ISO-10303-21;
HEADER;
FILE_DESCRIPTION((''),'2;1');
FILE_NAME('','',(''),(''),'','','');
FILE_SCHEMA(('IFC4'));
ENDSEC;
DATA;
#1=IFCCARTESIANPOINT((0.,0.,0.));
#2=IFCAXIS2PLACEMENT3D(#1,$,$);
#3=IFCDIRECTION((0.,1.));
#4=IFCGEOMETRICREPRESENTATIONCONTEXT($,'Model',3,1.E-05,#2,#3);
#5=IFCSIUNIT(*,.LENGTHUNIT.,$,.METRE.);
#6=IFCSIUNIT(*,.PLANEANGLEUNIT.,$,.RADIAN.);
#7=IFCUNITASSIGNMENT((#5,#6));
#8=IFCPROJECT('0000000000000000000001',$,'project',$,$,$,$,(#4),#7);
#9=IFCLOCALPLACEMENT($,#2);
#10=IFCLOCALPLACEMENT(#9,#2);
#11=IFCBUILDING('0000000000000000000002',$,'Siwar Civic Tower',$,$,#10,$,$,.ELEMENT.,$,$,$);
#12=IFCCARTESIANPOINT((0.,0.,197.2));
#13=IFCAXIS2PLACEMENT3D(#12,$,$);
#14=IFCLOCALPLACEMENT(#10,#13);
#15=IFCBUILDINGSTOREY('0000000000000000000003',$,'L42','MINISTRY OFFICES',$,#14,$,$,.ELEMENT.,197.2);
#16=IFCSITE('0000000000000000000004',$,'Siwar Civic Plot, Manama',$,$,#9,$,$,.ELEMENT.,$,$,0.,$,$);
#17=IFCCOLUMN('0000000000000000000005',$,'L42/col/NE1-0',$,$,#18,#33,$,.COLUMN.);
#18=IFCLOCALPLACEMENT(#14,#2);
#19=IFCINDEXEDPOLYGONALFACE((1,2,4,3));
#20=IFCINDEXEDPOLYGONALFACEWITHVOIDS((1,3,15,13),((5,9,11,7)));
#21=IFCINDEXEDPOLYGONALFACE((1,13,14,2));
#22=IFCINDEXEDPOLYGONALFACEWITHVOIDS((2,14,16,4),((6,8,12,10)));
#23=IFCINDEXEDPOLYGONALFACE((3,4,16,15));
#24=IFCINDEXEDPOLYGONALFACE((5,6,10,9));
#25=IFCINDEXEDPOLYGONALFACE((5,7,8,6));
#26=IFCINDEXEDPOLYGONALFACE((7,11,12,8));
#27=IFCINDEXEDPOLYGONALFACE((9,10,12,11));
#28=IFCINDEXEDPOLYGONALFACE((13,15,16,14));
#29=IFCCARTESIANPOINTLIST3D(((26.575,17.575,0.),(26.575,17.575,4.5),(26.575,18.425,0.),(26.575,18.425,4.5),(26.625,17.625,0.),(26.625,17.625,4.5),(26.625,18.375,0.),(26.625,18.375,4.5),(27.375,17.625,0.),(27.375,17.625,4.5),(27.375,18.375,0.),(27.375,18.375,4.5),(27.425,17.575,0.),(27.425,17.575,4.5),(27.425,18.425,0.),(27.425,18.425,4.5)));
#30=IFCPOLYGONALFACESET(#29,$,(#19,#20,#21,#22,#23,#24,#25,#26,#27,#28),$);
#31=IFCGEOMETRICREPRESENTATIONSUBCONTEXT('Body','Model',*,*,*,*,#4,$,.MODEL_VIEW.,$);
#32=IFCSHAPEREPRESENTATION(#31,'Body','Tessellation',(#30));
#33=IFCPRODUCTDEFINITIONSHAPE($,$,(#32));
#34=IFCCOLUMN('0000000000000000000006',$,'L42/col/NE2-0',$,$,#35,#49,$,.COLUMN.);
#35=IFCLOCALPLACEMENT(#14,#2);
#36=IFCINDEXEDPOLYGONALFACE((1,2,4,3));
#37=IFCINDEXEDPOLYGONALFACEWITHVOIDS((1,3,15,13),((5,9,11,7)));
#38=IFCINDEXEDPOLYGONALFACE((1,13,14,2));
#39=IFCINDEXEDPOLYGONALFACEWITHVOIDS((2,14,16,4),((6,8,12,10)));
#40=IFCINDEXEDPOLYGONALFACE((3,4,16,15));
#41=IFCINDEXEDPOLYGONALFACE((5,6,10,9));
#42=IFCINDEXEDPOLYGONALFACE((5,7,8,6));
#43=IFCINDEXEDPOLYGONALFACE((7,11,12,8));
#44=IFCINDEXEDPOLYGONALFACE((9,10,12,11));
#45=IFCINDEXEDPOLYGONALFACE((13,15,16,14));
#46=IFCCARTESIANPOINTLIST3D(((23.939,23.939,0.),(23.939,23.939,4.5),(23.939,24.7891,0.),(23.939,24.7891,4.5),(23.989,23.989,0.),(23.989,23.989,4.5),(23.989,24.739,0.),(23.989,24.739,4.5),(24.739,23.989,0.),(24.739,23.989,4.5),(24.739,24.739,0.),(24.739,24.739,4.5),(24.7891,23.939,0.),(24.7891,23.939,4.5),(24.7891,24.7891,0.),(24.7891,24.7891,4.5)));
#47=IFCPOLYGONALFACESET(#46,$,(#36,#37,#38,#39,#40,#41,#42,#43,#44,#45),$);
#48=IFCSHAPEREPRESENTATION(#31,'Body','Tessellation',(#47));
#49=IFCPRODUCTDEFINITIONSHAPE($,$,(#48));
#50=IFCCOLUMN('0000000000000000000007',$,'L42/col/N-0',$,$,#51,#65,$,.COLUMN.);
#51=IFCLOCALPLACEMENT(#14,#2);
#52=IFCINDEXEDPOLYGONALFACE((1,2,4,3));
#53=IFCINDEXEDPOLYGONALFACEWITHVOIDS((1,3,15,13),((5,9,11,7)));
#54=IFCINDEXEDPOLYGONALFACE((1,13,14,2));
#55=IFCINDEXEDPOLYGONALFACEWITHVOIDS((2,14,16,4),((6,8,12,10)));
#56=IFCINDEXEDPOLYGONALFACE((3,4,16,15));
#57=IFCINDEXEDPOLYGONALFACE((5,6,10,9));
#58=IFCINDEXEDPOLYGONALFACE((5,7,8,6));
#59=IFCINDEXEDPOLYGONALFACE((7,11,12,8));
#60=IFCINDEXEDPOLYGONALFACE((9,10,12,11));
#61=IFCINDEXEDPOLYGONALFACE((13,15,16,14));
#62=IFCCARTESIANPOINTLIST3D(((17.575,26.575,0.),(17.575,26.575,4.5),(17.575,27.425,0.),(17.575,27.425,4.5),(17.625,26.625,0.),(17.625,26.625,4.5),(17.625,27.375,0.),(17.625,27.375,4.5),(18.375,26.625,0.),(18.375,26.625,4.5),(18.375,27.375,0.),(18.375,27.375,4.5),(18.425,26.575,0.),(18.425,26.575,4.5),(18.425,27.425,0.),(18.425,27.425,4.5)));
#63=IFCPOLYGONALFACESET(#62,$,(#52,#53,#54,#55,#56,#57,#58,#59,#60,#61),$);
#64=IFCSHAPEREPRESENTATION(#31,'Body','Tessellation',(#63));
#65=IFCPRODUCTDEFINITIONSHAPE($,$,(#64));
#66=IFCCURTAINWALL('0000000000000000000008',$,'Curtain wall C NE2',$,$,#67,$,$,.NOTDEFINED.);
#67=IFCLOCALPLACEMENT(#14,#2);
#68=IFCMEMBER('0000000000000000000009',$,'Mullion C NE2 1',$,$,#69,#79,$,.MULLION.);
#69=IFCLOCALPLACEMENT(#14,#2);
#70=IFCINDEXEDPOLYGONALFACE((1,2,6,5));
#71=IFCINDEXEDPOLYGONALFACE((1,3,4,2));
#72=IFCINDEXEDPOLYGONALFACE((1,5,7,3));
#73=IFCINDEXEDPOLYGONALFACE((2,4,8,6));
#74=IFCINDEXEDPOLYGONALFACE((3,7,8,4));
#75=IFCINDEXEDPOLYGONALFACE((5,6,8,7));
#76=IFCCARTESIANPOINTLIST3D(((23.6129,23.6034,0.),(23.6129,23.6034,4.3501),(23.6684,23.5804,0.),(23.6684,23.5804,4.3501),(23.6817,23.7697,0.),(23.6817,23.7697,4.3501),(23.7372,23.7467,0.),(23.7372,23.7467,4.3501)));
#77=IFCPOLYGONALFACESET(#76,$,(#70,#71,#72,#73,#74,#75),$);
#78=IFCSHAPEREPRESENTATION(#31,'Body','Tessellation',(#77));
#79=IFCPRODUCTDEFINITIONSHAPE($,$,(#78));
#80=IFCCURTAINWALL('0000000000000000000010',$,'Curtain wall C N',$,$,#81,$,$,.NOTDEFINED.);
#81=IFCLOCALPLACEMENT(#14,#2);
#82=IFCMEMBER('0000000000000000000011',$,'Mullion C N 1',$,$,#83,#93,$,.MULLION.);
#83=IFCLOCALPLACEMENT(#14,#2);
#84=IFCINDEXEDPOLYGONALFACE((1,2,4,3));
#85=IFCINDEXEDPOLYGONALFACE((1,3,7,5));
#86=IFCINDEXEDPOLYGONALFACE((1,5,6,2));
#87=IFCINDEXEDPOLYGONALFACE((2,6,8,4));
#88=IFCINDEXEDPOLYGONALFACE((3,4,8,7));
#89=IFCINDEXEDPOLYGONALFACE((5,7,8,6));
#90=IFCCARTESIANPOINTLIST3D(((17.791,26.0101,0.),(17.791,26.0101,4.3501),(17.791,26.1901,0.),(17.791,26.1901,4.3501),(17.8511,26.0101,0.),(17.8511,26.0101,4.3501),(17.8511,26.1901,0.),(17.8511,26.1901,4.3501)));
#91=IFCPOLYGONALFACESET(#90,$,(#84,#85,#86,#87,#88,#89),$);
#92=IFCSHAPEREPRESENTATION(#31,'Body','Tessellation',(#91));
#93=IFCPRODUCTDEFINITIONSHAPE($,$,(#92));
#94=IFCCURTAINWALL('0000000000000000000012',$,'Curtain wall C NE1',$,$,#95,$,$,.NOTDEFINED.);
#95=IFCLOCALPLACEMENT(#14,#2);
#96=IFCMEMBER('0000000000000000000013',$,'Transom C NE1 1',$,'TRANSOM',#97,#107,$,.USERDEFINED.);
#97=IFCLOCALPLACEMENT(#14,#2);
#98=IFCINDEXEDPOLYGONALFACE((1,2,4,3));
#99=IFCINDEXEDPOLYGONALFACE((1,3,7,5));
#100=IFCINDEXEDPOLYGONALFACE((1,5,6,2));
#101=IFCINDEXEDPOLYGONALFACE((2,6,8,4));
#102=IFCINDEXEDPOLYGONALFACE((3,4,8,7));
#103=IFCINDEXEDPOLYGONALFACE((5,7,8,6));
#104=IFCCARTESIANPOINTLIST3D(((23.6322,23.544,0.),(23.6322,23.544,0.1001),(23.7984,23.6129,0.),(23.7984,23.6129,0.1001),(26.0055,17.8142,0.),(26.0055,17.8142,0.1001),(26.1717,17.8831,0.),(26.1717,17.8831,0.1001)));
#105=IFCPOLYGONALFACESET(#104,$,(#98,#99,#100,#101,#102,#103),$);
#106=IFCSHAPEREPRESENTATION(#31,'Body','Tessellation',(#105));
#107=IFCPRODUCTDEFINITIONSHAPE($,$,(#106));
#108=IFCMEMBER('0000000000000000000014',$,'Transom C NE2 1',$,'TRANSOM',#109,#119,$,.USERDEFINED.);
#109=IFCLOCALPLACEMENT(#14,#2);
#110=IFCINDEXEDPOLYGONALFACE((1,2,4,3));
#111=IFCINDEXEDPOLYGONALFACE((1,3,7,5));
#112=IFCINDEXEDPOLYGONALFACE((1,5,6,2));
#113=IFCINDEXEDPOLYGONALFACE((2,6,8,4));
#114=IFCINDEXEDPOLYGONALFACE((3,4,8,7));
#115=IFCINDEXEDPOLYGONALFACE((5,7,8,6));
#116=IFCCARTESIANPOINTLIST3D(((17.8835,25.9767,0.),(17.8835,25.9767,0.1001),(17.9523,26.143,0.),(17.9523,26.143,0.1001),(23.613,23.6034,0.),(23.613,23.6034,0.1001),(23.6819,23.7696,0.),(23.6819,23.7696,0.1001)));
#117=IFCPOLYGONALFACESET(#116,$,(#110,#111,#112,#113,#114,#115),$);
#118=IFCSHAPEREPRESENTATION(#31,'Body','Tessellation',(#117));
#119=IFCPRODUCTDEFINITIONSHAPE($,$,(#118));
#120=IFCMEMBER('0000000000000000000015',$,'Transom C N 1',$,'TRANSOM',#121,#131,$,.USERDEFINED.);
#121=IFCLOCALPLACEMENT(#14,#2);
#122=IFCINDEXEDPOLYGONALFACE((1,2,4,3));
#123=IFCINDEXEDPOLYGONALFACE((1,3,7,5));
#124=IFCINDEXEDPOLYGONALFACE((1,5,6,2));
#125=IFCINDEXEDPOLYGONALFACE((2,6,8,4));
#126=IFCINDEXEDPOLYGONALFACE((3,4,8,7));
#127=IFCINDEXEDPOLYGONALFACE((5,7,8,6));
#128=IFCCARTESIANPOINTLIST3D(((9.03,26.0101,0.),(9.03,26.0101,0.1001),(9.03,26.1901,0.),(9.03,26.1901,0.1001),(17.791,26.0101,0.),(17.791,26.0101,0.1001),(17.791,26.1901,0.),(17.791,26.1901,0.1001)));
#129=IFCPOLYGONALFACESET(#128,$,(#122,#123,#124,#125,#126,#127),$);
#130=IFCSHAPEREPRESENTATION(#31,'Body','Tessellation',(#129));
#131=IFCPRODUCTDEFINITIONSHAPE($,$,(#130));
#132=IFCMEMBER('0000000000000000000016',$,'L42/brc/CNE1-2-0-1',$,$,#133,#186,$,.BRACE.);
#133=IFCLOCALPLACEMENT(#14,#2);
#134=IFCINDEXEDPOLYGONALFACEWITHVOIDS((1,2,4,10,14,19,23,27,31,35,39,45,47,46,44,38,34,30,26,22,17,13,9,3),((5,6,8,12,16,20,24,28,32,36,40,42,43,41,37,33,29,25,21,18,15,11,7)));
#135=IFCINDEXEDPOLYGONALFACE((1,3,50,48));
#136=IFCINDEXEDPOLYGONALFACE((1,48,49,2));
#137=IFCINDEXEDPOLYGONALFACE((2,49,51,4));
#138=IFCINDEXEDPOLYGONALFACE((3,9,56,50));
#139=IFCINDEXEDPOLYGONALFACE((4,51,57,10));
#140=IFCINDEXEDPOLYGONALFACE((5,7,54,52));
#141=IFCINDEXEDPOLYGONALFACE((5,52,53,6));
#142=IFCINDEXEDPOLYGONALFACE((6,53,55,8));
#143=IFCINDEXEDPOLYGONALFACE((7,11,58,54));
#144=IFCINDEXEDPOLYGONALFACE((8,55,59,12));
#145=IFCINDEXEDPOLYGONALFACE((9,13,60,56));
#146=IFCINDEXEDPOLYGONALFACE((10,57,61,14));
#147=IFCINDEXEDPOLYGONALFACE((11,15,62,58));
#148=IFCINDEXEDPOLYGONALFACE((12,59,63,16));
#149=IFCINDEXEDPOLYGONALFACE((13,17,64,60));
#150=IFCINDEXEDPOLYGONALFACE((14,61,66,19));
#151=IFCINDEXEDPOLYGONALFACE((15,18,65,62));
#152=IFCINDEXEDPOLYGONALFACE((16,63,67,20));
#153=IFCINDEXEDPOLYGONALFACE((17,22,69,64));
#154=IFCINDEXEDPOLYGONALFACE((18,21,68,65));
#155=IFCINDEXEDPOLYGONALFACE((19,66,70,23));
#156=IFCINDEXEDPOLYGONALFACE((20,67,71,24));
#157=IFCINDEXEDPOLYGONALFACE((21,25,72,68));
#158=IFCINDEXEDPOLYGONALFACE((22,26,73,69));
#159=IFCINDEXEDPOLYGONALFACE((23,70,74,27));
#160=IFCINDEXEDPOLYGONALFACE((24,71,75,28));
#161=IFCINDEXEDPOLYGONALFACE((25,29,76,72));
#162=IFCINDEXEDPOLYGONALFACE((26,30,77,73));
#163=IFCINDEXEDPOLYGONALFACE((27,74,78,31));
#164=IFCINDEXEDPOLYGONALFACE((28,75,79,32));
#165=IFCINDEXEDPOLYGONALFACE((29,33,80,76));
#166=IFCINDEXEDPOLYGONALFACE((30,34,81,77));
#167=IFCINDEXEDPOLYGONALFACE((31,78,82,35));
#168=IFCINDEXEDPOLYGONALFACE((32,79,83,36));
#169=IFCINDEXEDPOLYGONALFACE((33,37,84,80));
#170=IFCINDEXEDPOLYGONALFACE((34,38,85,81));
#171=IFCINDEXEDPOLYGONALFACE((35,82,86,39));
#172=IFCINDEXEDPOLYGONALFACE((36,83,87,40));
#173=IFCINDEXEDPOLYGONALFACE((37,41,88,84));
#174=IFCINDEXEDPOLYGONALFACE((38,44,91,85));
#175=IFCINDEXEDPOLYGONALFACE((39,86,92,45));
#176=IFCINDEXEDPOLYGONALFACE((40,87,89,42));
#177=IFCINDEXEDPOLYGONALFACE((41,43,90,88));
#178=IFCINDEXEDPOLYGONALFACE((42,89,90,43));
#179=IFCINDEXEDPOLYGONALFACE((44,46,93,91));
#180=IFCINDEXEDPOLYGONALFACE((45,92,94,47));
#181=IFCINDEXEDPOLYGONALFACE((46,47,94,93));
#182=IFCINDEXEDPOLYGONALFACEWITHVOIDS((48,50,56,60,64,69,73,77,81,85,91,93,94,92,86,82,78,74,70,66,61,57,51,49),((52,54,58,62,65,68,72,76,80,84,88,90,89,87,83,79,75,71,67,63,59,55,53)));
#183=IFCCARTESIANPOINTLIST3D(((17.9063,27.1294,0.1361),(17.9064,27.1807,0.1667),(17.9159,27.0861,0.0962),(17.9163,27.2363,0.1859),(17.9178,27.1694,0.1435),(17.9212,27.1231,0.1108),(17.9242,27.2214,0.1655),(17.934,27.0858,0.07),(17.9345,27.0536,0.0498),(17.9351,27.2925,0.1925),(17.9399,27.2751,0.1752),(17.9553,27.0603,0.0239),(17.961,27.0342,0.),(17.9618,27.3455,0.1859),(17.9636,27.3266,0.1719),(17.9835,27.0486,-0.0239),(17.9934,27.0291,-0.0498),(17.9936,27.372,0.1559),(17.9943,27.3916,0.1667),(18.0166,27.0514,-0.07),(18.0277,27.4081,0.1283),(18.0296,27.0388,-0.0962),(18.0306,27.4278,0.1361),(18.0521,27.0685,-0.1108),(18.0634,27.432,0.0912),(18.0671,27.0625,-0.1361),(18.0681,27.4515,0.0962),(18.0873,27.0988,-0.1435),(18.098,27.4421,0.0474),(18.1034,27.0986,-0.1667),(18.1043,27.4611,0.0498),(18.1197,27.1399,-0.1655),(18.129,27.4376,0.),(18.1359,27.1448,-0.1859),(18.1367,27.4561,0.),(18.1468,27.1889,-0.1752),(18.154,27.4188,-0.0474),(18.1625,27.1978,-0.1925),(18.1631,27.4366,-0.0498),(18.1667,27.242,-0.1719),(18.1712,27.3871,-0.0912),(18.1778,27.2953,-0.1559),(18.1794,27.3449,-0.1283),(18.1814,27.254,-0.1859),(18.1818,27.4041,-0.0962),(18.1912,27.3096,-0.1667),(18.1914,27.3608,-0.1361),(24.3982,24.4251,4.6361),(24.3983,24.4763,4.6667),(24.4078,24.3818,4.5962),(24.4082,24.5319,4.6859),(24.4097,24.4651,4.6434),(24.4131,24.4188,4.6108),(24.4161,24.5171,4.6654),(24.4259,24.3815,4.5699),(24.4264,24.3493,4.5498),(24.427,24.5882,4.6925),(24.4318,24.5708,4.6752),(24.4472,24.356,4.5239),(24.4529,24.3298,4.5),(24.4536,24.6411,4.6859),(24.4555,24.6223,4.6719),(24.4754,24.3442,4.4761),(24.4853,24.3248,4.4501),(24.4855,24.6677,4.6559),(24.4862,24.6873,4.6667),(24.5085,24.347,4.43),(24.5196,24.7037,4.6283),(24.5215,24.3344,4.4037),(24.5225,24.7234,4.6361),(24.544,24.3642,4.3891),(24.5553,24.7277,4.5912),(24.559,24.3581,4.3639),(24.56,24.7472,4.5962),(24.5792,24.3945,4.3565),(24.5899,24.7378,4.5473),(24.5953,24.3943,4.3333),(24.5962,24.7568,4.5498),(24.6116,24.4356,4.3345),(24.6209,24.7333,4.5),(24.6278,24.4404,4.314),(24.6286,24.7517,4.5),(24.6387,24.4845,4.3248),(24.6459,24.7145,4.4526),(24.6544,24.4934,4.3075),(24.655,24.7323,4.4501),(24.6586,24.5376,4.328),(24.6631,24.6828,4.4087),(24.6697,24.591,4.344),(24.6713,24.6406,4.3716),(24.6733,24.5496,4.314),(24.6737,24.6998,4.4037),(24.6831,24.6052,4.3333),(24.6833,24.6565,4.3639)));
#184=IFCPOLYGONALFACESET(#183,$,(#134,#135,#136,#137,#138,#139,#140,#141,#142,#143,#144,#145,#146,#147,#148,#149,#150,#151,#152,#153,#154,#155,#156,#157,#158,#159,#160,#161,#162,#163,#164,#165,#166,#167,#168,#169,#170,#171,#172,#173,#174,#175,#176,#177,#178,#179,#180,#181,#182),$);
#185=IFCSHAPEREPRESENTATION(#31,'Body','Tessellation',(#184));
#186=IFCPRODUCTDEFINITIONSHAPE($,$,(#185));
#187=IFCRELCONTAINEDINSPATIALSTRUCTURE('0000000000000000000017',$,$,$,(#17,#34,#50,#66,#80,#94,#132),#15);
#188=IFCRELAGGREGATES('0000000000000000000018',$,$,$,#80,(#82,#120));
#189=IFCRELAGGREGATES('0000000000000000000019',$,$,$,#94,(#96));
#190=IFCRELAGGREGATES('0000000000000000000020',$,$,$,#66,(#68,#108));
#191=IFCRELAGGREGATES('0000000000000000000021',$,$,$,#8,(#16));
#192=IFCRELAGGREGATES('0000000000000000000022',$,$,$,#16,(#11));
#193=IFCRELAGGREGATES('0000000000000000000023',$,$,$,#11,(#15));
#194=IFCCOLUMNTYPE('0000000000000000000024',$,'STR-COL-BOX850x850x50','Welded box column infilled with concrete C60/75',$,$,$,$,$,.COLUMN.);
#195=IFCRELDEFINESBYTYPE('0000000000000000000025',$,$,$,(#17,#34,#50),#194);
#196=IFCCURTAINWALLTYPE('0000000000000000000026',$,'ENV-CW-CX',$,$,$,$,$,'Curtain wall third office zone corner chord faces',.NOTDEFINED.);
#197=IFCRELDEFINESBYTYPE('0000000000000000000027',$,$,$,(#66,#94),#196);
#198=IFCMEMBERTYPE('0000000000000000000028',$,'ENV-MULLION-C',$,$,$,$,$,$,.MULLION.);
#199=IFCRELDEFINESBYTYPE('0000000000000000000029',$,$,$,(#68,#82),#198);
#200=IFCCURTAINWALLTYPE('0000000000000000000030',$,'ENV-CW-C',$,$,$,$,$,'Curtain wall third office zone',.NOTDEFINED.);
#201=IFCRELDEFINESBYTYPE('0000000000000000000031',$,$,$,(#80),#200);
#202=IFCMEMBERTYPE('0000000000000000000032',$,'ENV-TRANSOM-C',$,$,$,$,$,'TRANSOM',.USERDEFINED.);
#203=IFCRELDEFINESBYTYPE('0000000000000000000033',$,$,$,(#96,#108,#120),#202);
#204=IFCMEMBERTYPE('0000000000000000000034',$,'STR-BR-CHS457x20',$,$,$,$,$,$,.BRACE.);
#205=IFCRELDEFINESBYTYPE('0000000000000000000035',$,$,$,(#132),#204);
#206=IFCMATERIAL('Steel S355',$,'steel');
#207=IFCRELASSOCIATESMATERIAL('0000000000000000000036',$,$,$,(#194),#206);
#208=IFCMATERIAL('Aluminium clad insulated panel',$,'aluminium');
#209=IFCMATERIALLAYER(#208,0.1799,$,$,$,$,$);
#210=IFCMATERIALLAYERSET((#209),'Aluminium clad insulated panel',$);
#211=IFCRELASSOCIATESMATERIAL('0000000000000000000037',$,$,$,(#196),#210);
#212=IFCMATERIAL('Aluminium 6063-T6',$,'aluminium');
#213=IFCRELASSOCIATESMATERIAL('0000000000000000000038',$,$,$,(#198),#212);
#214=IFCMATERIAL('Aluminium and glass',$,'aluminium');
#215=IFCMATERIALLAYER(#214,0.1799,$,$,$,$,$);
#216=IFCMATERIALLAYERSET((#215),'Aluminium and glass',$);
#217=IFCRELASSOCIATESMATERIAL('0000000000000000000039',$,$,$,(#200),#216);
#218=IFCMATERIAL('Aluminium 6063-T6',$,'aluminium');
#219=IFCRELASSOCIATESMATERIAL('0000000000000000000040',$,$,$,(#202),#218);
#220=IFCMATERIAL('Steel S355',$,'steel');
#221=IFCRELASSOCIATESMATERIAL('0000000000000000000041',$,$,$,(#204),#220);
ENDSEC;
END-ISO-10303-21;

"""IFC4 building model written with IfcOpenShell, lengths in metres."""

from ifc_helpers import new_model, si_unit, direction, frame, origin, origin_2d, place, context, subcontext, project, spatial, rectangle, hollow_rectangle, hollow_circle, extrude, material, layer, layer_set, material_profile, profile_set, type_object, element, aggregate, save


model = new_model("IFC4")

# Units and contexts
model_context = context("Model", 3, precision=1e-05, world=origin(), true_north=direction((0.0, 1.0)))
body_context = subcontext(model_context, "Body", "Model", "MODEL_VIEW")
ifc_project = project(units=[si_unit("LENGTHUNIT", "METRE"), si_unit("PLANEANGLEUNIT", "RADIAN")], contexts=[model_context])

# Site, building, storey
site_placement = place(None, origin())
site = spatial("IfcSite", under=ifc_project, at=site_placement, Name="Siwar Civic Plot, Manama", CompositionType="ELEMENT", RefElevation=0.0)
building_placement = place(site_placement, origin())
building = spatial("IfcBuilding", under=site, at=building_placement, Name="Siwar Civic Tower", CompositionType="ELEMENT")
storey_placement = place(building_placement, frame((0.0, 0.0, 197.2)))
storey = spatial("IfcBuildingStorey", under=building, at=storey_placement, Name="L42", Description="MINISTRY OFFICES", CompositionType="ELEMENT", Elevation=197.2)

# Columns
ifc_material_1 = material(Name="Steel S355", Category="steel")
ifc_material_profile_1 = material_profile(ifc_material_1, hollow_rectangle(XDim=0.8501, YDim=0.8501, WallThickness=0.05, at=origin_2d()), Name="BOX850x850x50")
ifc_profile_set_1 = profile_set([ifc_material_profile_1], Name="Steel S355")
column_type = type_object("IfcColumnType", Name="STR-COL-BOX850x850x50", Description="Welded box column infilled with concrete C60/75", PredefinedType="COLUMN", material=ifc_profile_set_1)
for number, where, z_axis, x_axis, name in (
    (1, (27.0, 18.0, 0.0), (0.0, 0.0, 1.0), (1.0, 0.0, 0.0), "L42/col/NE1-0"),
    (2, (24.364, 24.364, 0.0), (0.0, 0.0, 1.0), (1.0, 0.0, 0.0), "L42/col/NE2-0"),
    (3, (18.0, 27.0, 0.0), (0.0, 0.0, 1.0), (1.0, 0.0, 0.0), "L42/col/N-0"),
):
    element("IfcColumn", number, at=place(storey_placement, frame(where, z_axis=z_axis, x_axis=x_axis)), inside=storey, type_object=column_type, Name=name, PredefinedType="COLUMN", context=body_context, shape_type="SweptSolid", body=[
        extrude(hollow_rectangle(XDim=0.8501, YDim=0.8501, WallThickness=0.05, at=origin_2d()), origin(), (0.0, 0.0, 1.0), 4.5),
    ])

# Curtain walls, members
ifc_material_2 = material(Name="Aluminium clad insulated panel", Category="aluminium")
ifc_layer_1 = layer(ifc_material_2, 0.1799)
ifc_layer_set_1 = layer_set([ifc_layer_1], Name="Aluminium clad insulated panel")
curtain_wall_type_1 = type_object("IfcCurtainWallType", Name="ENV-CW-CX", ElementType="Curtain wall third office zone corner chord faces", PredefinedType="NOTDEFINED", material=ifc_layer_set_1)
curtain_wall_1_placement = place(storey_placement, origin())
curtain_wall_1 = element("IfcCurtainWall", 4, at=curtain_wall_1_placement, inside=storey, type_object=curtain_wall_type_1, Name="Curtain wall C NE2", PredefinedType="NOTDEFINED")
ifc_material_3 = material(Name="Aluminium 6063-T6", Category="aluminium")
ifc_material_profile_2 = material_profile(ifc_material_3, rectangle(XDim=0.1799, YDim=0.0601, at=origin_2d()), Name="AL 180x60")
ifc_profile_set_2 = profile_set([ifc_material_profile_2], Name="Aluminium 6063-T6")
member_type_1 = type_object("IfcMemberType", Name="ENV-MULLION-C", PredefinedType="MULLION", material=ifc_profile_set_2)
member_1_placement = place(storey_placement, frame((23.675, 23.675, 0.0), z_axis=(0.0, 0.0, 1.0), x_axis=(-0.382683, -0.92388, 0.0)))
member_1 = element("IfcMember", 5, at=member_1_placement, type_object=member_type_1, Name="Mullion C NE2 1", PredefinedType="MULLION", context=body_context, shape_type="SweptSolid", body=[
    extrude(rectangle(XDim=0.1799, YDim=0.0601, at=origin_2d()), origin(), (0.0, 0.0, 1.0), 4.3501),
])
ifc_material_4 = material(Name="Aluminium and glass", Category="aluminium")
ifc_layer_2 = layer(ifc_material_4, 0.1799)
ifc_layer_set_2 = layer_set([ifc_layer_2], Name="Aluminium and glass")
curtain_wall_type_2 = type_object("IfcCurtainWallType", Name="ENV-CW-C", ElementType="Curtain wall third office zone", PredefinedType="NOTDEFINED", material=ifc_layer_set_2)
curtain_wall_2_placement = place(storey_placement, origin())
curtain_wall_2 = element("IfcCurtainWall", 6, at=curtain_wall_2_placement, inside=storey, type_object=curtain_wall_type_2, Name="Curtain wall C N", PredefinedType="NOTDEFINED")
member_2_placement = place(storey_placement, frame((17.821, 26.1001, 0.0), z_axis=(0.0, 0.0, 1.0), x_axis=(0.0, -1.0, 0.0)))
member_2 = element("IfcMember", 7, at=member_2_placement, type_object=member_type_1, Name="Mullion C N 1", PredefinedType="MULLION", context=body_context, shape_type="SweptSolid", body=[
    extrude(rectangle(XDim=0.1799, YDim=0.0601, at=origin_2d()), origin(), (0.0, 0.0, 1.0), 4.3501),
])
curtain_wall_3_placement = place(storey_placement, origin())
curtain_wall_3 = element("IfcCurtainWall", 8, at=curtain_wall_3_placement, inside=storey, type_object=curtain_wall_type_1, Name="Curtain wall C NE1", PredefinedType="NOTDEFINED")
ifc_material_5 = material(Name="Aluminium 6063-T6", Category="aluminium")
ifc_material_profile_3 = material_profile(ifc_material_5, rectangle(XDim=0.1799, YDim=0.1001, at=origin_2d()), Name="AL 180x100")
ifc_profile_set_3 = profile_set([ifc_material_profile_3], Name="Aluminium 6063-T6")
member_type_2 = type_object("IfcMemberType", Name="ENV-TRANSOM-C", ElementType="TRANSOM", PredefinedType="USERDEFINED", material=ifc_profile_set_3)
member_3_placement = place(storey_placement, frame((26.0886, 17.8486, 0.05), z_axis=(-0.382677, 0.923882, 0.0), x_axis=(-0.923882, -0.382677, 0.0)))
member_3 = element("IfcMember", 9, at=member_3_placement, type_object=member_type_2, Name="Transom C NE1 1", ObjectType="TRANSOM", PredefinedType="USERDEFINED", context=body_context, shape_type="SweptSolid", body=[
    extrude(rectangle(XDim=0.1799, YDim=0.1001, at=origin_2d()), origin(), (0.0, 0.0, 1.0), 6.2019),
])

# Members
member_4_placement = place(storey_placement, frame((23.6475, 23.6865, 0.05), z_axis=(-0.923876, 0.382691, 0.0), x_axis=(-0.382691, -0.923876, 0.0)))
member_4 = element("IfcMember", 10, at=member_4_placement, type_object=member_type_2, Name="Transom C NE2 1", ObjectType="TRANSOM", PredefinedType="USERDEFINED", context=body_context, shape_type="SweptSolid", body=[
    extrude(rectangle(XDim=0.1799, YDim=0.1001, at=origin_2d()), origin(), (0.0, 0.0, 1.0), 6.2017),
])
member_5_placement = place(storey_placement, frame((17.791, 26.1001, 0.05), z_axis=(-1.0, 0.0, 0.0), x_axis=(0.0, -1.0, 0.0)))
member_5 = element("IfcMember", 11, at=member_5_placement, type_object=member_type_2, Name="Transom C N 1", ObjectType="TRANSOM", PredefinedType="USERDEFINED", context=body_context, shape_type="SweptSolid", body=[
    extrude(rectangle(XDim=0.1799, YDim=0.1001, at=origin_2d()), origin(), (0.0, 0.0, 1.0), 8.761),
])
aggregate(curtain_wall_2, [member_2, member_5])

# Member
ifc_material_6 = material(Name="Steel S355", Category="steel")
ifc_material_profile_4 = material_profile(ifc_material_6, hollow_circle(Radius=0.2285, WallThickness=0.02, at=origin_2d()), Name="CHS457x20")
ifc_profile_set_4 = profile_set([ifc_material_profile_4], Name="Steel S355")
member_type_3 = type_object("IfcMemberType", Name="STR-BR-CHS457x20", PredefinedType="BRACE", material=ifc_profile_set_4)
member_6_placement = place(storey_placement, frame((18.0488, 27.2451, 0.0), z_axis=(0.777555, -0.323906, 0.538975), x_axis=(0.384539, 0.923109, 0.0)))
element("IfcMember", 12, at=member_6_placement, inside=storey, type_object=member_type_3, Name="L42/brc/CNE1-2-0-1", PredefinedType="BRACE", context=body_context, shape_type="SweptSolid", body=[
    extrude(hollow_circle(Radius=0.2285, WallThickness=0.02, at=origin_2d()), origin(), (0.0, 0.0, 1.0), 8.3491),
])

aggregate(curtain_wall_3, [member_3])
aggregate(curtain_wall_1, [member_1, member_4])

save(model, "model.ifc")
